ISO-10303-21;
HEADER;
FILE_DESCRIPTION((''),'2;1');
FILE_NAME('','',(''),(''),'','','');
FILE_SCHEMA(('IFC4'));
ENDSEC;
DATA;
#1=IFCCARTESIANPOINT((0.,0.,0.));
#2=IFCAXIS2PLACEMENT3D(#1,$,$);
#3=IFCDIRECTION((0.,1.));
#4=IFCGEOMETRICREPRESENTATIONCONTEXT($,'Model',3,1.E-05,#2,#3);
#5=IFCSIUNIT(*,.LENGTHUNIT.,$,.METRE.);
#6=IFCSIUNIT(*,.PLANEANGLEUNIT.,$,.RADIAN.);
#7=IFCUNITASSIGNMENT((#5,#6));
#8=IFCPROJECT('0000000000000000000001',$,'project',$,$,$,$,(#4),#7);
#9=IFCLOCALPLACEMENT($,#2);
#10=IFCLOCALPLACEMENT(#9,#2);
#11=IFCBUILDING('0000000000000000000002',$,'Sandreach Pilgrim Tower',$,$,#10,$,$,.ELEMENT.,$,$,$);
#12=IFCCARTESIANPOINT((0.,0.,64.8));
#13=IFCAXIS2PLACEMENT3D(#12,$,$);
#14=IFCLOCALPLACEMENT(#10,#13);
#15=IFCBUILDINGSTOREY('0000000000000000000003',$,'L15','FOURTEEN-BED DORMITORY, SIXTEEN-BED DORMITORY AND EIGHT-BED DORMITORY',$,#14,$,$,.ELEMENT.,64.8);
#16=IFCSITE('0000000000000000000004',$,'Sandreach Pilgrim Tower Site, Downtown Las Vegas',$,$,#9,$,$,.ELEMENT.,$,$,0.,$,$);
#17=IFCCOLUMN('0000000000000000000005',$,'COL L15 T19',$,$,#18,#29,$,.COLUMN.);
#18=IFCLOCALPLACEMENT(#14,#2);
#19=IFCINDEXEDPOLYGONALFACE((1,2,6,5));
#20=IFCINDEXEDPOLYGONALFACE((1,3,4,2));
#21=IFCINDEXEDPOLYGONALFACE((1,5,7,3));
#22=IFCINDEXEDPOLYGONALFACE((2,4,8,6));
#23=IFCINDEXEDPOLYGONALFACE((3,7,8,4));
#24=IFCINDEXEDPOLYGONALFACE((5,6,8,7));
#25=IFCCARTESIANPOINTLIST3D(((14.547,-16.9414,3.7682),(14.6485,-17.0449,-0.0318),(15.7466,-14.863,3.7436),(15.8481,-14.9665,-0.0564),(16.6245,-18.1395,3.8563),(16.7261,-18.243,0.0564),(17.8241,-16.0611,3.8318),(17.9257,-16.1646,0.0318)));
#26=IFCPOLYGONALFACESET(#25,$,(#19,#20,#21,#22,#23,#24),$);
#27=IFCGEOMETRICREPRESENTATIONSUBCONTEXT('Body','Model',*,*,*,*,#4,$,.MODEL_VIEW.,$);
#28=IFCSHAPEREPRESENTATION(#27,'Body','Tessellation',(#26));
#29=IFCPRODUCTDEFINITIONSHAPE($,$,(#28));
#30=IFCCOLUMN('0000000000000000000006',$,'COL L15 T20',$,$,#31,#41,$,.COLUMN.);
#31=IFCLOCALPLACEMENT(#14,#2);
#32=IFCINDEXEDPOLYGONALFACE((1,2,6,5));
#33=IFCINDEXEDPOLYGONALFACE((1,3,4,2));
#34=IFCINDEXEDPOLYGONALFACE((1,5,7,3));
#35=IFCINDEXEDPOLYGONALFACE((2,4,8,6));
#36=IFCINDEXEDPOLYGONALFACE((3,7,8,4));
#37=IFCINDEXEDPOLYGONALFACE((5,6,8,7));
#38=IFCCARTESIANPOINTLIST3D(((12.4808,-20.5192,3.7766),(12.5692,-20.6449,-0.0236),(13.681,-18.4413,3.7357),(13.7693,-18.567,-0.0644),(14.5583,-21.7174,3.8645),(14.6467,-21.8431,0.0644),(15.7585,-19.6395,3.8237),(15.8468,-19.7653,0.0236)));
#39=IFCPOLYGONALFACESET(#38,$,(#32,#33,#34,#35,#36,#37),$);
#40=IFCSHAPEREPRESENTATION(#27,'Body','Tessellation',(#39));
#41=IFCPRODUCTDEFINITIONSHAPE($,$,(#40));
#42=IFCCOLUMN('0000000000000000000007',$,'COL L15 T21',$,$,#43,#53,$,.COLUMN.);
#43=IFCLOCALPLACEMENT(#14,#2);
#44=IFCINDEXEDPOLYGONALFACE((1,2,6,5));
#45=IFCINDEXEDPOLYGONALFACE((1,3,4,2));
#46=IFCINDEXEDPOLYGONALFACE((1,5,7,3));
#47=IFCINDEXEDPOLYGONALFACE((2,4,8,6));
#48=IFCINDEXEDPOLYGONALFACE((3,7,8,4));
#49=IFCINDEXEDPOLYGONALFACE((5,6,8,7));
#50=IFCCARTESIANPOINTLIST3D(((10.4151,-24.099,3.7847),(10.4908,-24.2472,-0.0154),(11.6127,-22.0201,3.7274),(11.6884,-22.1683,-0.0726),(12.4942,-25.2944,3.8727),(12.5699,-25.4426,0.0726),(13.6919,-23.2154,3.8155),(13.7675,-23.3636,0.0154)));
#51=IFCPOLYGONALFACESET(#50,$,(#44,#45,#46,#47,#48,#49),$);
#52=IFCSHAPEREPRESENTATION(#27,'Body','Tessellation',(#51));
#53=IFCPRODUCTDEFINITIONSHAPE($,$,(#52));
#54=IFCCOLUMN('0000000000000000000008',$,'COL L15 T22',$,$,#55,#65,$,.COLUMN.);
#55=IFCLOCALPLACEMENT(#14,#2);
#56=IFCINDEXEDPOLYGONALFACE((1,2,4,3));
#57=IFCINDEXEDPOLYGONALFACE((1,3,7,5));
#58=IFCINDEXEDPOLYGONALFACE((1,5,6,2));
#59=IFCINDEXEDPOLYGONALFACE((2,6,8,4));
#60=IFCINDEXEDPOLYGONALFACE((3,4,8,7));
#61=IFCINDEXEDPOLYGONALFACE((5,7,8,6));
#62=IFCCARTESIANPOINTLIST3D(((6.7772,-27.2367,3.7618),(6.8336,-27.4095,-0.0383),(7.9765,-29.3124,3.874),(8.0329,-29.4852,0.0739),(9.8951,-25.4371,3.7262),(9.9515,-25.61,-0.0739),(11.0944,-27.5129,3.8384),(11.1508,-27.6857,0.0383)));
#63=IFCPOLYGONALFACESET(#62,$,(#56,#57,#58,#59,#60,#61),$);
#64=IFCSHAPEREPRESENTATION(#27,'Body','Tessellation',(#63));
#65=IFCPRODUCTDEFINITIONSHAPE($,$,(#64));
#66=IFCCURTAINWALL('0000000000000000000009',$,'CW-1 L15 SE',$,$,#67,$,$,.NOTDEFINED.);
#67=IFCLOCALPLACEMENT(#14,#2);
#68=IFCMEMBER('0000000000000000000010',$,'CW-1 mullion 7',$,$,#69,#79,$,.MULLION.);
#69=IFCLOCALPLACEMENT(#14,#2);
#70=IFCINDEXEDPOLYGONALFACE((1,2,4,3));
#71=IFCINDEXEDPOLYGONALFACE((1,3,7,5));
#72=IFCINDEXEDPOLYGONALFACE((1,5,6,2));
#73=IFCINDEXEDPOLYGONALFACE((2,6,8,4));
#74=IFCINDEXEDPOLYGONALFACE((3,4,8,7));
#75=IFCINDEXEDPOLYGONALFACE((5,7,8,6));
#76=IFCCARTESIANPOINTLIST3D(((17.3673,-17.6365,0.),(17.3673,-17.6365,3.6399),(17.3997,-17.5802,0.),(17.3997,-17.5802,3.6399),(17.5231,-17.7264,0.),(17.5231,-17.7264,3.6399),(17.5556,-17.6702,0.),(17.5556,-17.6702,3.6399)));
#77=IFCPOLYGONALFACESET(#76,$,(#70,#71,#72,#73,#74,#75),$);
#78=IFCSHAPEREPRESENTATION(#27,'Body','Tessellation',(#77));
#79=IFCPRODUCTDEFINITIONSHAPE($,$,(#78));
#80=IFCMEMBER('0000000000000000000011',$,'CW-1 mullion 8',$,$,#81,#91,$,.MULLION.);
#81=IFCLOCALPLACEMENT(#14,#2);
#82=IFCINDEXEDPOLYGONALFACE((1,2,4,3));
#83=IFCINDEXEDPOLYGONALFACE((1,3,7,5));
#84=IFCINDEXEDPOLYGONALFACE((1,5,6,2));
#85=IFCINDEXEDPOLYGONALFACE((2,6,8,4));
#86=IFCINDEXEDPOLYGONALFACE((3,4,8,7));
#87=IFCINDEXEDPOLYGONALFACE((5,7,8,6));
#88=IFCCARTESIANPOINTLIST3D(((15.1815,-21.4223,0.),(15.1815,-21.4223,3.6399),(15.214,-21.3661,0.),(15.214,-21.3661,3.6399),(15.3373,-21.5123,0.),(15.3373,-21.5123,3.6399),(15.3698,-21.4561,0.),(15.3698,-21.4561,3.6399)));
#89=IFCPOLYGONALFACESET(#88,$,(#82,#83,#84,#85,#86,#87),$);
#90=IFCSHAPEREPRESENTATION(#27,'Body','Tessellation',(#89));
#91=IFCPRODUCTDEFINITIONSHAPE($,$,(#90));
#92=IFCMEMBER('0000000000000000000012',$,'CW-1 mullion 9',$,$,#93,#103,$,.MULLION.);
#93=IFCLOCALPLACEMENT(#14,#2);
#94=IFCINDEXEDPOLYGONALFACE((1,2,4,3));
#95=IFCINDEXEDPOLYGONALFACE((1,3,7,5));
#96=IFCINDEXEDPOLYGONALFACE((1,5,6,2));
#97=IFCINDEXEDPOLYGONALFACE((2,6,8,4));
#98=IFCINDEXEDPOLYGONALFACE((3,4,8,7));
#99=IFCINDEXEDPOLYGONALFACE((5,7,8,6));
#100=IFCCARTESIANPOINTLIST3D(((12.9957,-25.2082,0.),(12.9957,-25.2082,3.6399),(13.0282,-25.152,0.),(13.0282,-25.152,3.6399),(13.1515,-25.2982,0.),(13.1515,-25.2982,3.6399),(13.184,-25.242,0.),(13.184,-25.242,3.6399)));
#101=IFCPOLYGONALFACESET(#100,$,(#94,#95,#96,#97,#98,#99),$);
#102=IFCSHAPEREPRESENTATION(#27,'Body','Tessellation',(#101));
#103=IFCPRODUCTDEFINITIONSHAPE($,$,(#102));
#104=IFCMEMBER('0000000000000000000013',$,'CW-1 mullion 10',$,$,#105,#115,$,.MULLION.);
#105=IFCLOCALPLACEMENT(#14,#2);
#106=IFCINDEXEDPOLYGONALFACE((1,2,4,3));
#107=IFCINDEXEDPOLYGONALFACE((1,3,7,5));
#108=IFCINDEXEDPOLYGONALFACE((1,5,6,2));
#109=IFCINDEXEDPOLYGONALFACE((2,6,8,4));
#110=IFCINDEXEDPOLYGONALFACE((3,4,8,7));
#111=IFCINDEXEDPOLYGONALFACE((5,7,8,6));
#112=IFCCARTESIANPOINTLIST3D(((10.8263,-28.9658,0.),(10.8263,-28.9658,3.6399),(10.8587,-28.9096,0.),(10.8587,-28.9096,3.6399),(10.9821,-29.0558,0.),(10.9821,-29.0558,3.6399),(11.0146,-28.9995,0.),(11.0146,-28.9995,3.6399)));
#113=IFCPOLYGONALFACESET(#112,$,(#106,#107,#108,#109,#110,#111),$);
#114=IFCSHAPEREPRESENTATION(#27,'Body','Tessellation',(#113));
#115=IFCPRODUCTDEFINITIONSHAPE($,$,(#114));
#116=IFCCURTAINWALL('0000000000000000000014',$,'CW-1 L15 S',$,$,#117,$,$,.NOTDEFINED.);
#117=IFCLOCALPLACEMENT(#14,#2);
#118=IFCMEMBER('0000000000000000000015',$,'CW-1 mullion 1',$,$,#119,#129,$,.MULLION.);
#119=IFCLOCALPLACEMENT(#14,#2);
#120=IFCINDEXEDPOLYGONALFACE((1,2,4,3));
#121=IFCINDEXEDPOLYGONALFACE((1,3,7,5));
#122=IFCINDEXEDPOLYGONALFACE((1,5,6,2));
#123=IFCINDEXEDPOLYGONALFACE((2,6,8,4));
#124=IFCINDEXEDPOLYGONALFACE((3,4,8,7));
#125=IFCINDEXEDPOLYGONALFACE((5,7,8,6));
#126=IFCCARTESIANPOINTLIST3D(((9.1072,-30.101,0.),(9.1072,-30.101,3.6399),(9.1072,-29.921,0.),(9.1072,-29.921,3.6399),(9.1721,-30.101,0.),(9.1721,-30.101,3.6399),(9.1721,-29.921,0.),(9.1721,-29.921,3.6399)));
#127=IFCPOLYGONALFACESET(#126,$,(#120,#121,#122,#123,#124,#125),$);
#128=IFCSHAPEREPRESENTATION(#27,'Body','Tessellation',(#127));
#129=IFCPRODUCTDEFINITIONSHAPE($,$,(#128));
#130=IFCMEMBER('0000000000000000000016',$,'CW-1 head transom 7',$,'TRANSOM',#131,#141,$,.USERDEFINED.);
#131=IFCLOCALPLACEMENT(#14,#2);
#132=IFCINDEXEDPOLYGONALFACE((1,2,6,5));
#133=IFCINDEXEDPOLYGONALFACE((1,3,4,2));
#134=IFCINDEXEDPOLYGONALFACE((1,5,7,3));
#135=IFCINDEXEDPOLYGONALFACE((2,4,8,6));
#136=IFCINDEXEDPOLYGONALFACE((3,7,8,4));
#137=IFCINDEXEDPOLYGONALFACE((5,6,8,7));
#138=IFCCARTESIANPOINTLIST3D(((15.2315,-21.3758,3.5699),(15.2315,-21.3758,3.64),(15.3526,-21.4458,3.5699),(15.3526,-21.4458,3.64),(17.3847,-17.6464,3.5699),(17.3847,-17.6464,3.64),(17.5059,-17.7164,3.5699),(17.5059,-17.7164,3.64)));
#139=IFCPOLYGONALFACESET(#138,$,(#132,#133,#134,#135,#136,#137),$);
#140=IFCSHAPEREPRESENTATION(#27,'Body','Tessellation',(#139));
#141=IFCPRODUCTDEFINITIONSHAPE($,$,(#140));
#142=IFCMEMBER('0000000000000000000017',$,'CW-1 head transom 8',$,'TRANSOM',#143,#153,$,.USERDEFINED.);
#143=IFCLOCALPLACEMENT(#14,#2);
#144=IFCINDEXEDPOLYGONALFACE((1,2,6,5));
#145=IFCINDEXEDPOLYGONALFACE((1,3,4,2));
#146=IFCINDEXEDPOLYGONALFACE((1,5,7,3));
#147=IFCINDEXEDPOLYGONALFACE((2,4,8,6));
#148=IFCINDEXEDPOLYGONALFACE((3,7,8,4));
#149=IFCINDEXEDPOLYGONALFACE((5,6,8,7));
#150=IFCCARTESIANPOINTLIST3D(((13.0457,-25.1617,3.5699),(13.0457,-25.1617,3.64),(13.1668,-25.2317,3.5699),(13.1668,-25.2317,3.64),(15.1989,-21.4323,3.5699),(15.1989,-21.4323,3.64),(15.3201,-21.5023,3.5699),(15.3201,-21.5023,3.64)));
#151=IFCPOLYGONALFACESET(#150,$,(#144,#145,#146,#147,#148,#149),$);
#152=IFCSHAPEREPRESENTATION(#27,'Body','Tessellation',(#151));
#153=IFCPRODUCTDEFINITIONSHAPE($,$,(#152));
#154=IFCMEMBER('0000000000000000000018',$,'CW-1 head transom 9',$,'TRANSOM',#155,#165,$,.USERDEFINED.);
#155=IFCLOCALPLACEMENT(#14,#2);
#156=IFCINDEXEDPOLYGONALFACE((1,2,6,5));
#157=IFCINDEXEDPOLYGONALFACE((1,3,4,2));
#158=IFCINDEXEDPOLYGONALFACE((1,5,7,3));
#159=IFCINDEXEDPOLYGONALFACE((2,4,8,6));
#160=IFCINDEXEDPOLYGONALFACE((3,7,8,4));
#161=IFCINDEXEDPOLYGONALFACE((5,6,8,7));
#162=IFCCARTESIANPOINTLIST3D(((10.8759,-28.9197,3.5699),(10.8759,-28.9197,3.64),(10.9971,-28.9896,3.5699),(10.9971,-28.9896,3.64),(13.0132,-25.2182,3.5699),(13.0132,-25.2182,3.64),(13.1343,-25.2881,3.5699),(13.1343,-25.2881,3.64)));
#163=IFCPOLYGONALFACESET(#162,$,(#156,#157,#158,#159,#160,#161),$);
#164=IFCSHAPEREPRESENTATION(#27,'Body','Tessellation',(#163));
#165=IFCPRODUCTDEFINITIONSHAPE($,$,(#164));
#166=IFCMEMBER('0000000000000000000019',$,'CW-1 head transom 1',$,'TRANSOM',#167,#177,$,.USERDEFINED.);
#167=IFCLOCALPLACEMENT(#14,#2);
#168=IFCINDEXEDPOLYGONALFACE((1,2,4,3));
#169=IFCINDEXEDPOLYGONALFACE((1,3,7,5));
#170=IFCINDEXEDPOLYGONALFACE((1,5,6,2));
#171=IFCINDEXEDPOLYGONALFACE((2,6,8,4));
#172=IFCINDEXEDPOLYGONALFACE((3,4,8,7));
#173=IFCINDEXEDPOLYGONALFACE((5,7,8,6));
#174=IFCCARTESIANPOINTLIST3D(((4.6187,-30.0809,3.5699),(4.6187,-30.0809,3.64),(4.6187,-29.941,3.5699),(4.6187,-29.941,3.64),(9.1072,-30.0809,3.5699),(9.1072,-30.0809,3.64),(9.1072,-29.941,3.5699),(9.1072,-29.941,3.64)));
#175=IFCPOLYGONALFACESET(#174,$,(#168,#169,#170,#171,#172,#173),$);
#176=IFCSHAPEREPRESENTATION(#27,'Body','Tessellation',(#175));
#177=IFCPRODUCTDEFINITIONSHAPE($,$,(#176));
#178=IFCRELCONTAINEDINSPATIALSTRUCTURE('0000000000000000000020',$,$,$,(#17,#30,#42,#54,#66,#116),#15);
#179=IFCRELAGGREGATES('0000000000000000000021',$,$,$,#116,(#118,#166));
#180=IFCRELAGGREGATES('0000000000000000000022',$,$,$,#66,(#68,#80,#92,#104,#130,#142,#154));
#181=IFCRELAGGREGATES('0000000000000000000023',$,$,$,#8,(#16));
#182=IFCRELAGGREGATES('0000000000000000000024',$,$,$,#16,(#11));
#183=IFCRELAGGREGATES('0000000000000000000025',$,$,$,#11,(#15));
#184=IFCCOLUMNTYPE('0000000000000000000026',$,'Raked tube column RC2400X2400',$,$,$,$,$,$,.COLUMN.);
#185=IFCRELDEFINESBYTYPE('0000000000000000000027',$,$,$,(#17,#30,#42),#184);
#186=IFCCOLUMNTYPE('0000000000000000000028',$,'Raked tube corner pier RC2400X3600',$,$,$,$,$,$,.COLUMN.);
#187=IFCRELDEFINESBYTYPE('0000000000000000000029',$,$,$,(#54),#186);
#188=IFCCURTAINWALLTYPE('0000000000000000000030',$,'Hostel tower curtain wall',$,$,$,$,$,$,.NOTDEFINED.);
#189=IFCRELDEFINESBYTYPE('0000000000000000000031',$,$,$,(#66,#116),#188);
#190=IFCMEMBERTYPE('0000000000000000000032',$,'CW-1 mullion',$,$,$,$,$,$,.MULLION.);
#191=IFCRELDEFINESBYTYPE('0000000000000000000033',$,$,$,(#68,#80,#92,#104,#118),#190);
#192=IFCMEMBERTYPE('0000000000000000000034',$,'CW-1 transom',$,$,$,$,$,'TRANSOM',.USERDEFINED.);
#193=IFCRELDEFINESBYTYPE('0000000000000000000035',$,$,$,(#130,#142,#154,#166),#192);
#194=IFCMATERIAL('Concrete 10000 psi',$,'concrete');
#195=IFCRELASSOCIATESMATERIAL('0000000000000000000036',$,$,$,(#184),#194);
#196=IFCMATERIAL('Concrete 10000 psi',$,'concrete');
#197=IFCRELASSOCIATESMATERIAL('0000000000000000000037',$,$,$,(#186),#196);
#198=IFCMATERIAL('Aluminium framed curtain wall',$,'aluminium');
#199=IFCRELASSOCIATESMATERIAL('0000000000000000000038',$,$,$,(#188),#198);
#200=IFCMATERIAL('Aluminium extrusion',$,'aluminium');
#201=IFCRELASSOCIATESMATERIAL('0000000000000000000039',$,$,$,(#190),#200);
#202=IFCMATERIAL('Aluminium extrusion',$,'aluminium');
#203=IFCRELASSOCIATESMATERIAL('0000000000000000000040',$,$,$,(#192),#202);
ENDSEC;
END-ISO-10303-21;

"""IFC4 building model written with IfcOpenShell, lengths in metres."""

from ifc_helpers import new_model, si_unit, direction, frame, origin, origin_2d, place, context, subcontext, project, spatial, rectangle, extrude, material, material_profile, profile_set, type_object, element, aggregate, save


model = new_model("IFC4")

# Units and contexts
model_context = context("Model", 3, precision=1e-05, world=origin(), true_north=direction((0.0, 1.0)))
body_context = subcontext(model_context, "Body", "Model", "MODEL_VIEW")
ifc_project = project(units=[si_unit("LENGTHUNIT", "METRE"), si_unit("PLANEANGLEUNIT", "RADIAN")], contexts=[model_context])

# Site, building, storey
site_placement = place(None, origin())
site = spatial("IfcSite", under=ifc_project, at=site_placement, Name="Sandreach Pilgrim Tower Site, Downtown Las Vegas", CompositionType="ELEMENT", RefElevation=0.0)
building_placement = place(site_placement, origin())
building = spatial("IfcBuilding", under=site, at=building_placement, Name="Sandreach Pilgrim Tower", CompositionType="ELEMENT")
storey_placement = place(building_placement, frame((0.0, 0.0, 64.8)))
storey = spatial("IfcBuildingStorey", under=building, at=storey_placement, Name="L15", Description="FOURTEEN-BED DORMITORY, SIXTEEN-BED DORMITORY AND EIGHT-BED DORMITORY", CompositionType="ELEMENT", Elevation=64.8)

# Columns
ifc_material_1 = material(Name="Concrete 10000 psi", Category="concrete")
ifc_material_profile_1 = material_profile(ifc_material_1, rectangle(XDim=2.3999, YDim=2.3999, at=origin_2d()), Name="RC2400X2400")
ifc_profile_set_1 = profile_set([ifc_material_profile_1], Name="Concrete 10000 psi")
column_type_1 = type_object("IfcColumnType", Name="Raked tube column RC2400X2400", PredefinedType="COLUMN", material=ifc_profile_set_1)
column_1_placement = place(storey_placement, frame((16.2871, -16.6047, 0.0), z_axis=(-0.026707, 0.027221, 0.999273), x_axis=(0.865695, -0.499221, 0.036736)))
element("IfcColumn", 1, at=column_1_placement, inside=storey, type_object=column_type_1, Name="COL L15 T19", PredefinedType="COLUMN", context=body_context, shape_type="SweptSolid", body=[
    extrude(rectangle(XDim=2.3999, YDim=2.3999, at=origin_2d()), origin(), (0.0, 0.0, 1.0), 3.8027),
])
column_2_placement = place(storey_placement, frame((14.208, -20.2051, 0.0), z_axis=(-0.023238, 0.03306, 0.999183), x_axis=(0.865663, -0.499283, 0.036653)))
element("IfcColumn", 2, at=column_2_placement, inside=storey, type_object=column_type_1, Name="COL L15 T20", PredefinedType="COLUMN", context=body_context, shape_type="SweptSolid", body=[
    extrude(rectangle(XDim=2.3999, YDim=2.3999, at=origin_2d()), origin(), (0.0, 0.0, 1.0), 3.8032),
])
column_3_placement = place(storey_placement, frame((12.1292, -23.8054, 0.0), z_axis=(-0.019897, 0.03896, 0.999043), x_axis=(0.866355, -0.498079, 0.036679)))
element("IfcColumn", 3, at=column_3_placement, inside=storey, type_object=column_type_1, Name="COL L15 T21", PredefinedType="COLUMN", context=body_context, shape_type="SweptSolid", body=[
    extrude(rectangle(XDim=2.3999, YDim=2.3999, at=origin_2d()), origin(), (0.0, 0.0, 1.0), 3.8037),
])
ifc_material_2 = material(Name="Concrete 10000 psi", Category="concrete")
ifc_material_profile_2 = material_profile(ifc_material_2, rectangle(XDim=2.3999, YDim=3.6001, at=origin_2d()), Name="RC2400X3600")
ifc_profile_set_2 = profile_set([ifc_material_profile_2], Name="Concrete 10000 psi")
column_type_2 = type_object("IfcColumnType", Name="Raked tube corner pier RC2400X3600", PredefinedType="COLUMN", material=ifc_profile_set_2)
column_4_placement = place(storey_placement, frame((8.9922, -27.5476, 0.0), z_axis=(-0.014824, 0.045435, 0.998857), x_axis=(0.499732, -0.864917, 0.046759)))
element("IfcColumn", 4, at=column_4_placement, inside=storey, type_object=column_type_2, Name="COL L15 T22", PredefinedType="COLUMN", context=body_context, shape_type="SweptSolid", body=[
    extrude(rectangle(XDim=2.3999, YDim=3.6001, at=origin_2d()), origin(), (0.0, 0.0, 1.0), 3.8044),
])

# Curtain wall, members
ifc_material_3 = material(Name="Aluminium framed curtain wall", Category="aluminium")
curtain_wall_type = type_object("IfcCurtainWallType", Name="Hostel tower curtain wall", PredefinedType="NOTDEFINED", material=ifc_material_3)
curtain_wall_1_placement = place(storey_placement, origin())
curtain_wall_1 = element("IfcCurtainWall", 5, at=curtain_wall_1_placement, inside=storey, type_object=curtain_wall_type, Name="CW-1 L15 SE", PredefinedType="NOTDEFINED")
ifc_material_4 = material(Name="Aluminium extrusion", Category="aluminium")
ifc_material_profile_3 = material_profile(ifc_material_4, rectangle(XDim=0.0649, YDim=0.1799, at=origin_2d()), Name="CW-1M 65X180")
ifc_profile_set_3 = profile_set([ifc_material_profile_3], Name="Aluminium extrusion")
member_type_1 = type_object("IfcMemberType", Name="CW-1 mullion", PredefinedType="MULLION", material=ifc_profile_set_3)
member_1_placement = place(storey_placement, frame((17.4614, -17.6533, 0.0), z_axis=(0.0, 0.0, 1.0), x_axis=(-0.5, -0.866025, 0.0)))
member_1 = element("IfcMember", 6, at=member_1_placement, type_object=member_type_1, Name="CW-1 mullion 7", PredefinedType="MULLION", context=body_context, shape_type="SweptSolid", body=[
    extrude(rectangle(XDim=0.0649, YDim=0.1799, at=origin_2d()), origin(), (0.0, 0.0, 1.0), 3.6399),
])
member_2_placement = place(storey_placement, frame((15.2756, -21.4392, 0.0), z_axis=(0.0, 0.0, 1.0), x_axis=(-0.5, -0.866025, 0.0)))
member_2 = element("IfcMember", 7, at=member_2_placement, type_object=member_type_1, Name="CW-1 mullion 8", PredefinedType="MULLION", context=body_context, shape_type="SweptSolid", body=[
    extrude(rectangle(XDim=0.0649, YDim=0.1799, at=origin_2d()), origin(), (0.0, 0.0, 1.0), 3.6399),
])
member_3_placement = place(storey_placement, frame((13.0898, -25.2251, 0.0), z_axis=(0.0, 0.0, 1.0), x_axis=(-0.5, -0.866025, 0.0)))
member_3 = element("IfcMember", 8, at=member_3_placement, type_object=member_type_1, Name="CW-1 mullion 9", PredefinedType="MULLION", context=body_context, shape_type="SweptSolid", body=[
    extrude(rectangle(XDim=0.0649, YDim=0.1799, at=origin_2d()), origin(), (0.0, 0.0, 1.0), 3.6399),
])
member_4_placement = place(storey_placement, frame((10.9204, -28.9827, 0.0), z_axis=(0.0, 0.0, 1.0), x_axis=(-0.5, -0.866025, 0.0)))
member_4 = element("IfcMember", 9, at=member_4_placement, type_object=member_type_1, Name="CW-1 mullion 10", PredefinedType="MULLION", context=body_context, shape_type="SweptSolid", body=[
    extrude(rectangle(XDim=0.0649, YDim=0.1799, at=origin_2d()), origin(), (0.0, 0.0, 1.0), 3.6399),
])

# Curtain wall, member
curtain_wall_2_placement = place(storey_placement, origin())
curtain_wall_2 = element("IfcCurtainWall", 10, at=curtain_wall_2_placement, inside=storey, type_object=curtain_wall_type, Name="CW-1 L15 S", PredefinedType="NOTDEFINED")
member_5_placement = place(storey_placement, frame((9.1396, -30.011, 0.0), z_axis=(0.0, 0.0, 1.0), x_axis=(-1.0, 0.0, 0.0)))
member_5 = element("IfcMember", 11, at=member_5_placement, type_object=member_type_1, Name="CW-1 mullion 1", PredefinedType="MULLION", context=body_context, shape_type="SweptSolid", body=[
    extrude(rectangle(XDim=0.0649, YDim=0.1799, at=origin_2d()), origin(), (0.0, 0.0, 1.0), 3.6399),
])

# Members
ifc_material_5 = material(Name="Aluminium extrusion", Category="aluminium")
ifc_material_profile_4 = material_profile(ifc_material_5, rectangle(XDim=0.1399, YDim=0.0701, at=origin_2d()), Name="CW-1T 140X70")
ifc_profile_set_4 = profile_set([ifc_material_profile_4], Name="Aluminium extrusion")
member_type_2 = type_object("IfcMemberType", Name="CW-1 transom", ElementType="TRANSOM", PredefinedType="USERDEFINED", material=ifc_profile_set_4)
member_6_placement = place(storey_placement, frame((17.4453, -17.6814, 3.605), z_axis=(-0.500017, -0.866016, 0.0), x_axis=(0.866016, -0.500017, 0.0)))
member_6 = element("IfcMember", 12, at=member_6_placement, type_object=member_type_2, Name="CW-1 head transom 7", ObjectType="TRANSOM", PredefinedType="USERDEFINED", context=body_context, shape_type="SweptSolid", body=[
    extrude(rectangle(XDim=0.1399, YDim=0.0701, at=origin_2d()), origin(), (0.0, 0.0, 1.0), 4.3064),
])
member_7_placement = place(storey_placement, frame((15.2595, -21.4673, 3.605), z_axis=(-0.500017, -0.866016, 0.0), x_axis=(0.866016, -0.500017, 0.0)))
member_7 = element("IfcMember", 13, at=member_7_placement, type_object=member_type_2, Name="CW-1 head transom 8", ObjectType="TRANSOM", PredefinedType="USERDEFINED", context=body_context, shape_type="SweptSolid", body=[
    extrude(rectangle(XDim=0.1399, YDim=0.0701, at=origin_2d()), origin(), (0.0, 0.0, 1.0), 4.3064),
])
member_8_placement = place(storey_placement, frame((13.0737, -25.2532, 3.605), z_axis=(-0.500034, -0.866006, 0.0), x_axis=(0.866006, -0.500034, 0.0)))
member_8 = element("IfcMember", 14, at=member_8_placement, type_object=member_type_2, Name="CW-1 head transom 9", ObjectType="TRANSOM", PredefinedType="USERDEFINED", context=body_context, shape_type="SweptSolid", body=[
    extrude(rectangle(XDim=0.1399, YDim=0.0701, at=origin_2d()), origin(), (0.0, 0.0, 1.0), 4.2742),
])
member_9_placement = place(storey_placement, frame((9.1072, -30.011, 3.605), z_axis=(-1.0, 0.0, 0.0), x_axis=(0.0, -1.0, 0.0)))
member_9 = element("IfcMember", 15, at=member_9_placement, type_object=member_type_2, Name="CW-1 head transom 1", ObjectType="TRANSOM", PredefinedType="USERDEFINED", context=body_context, shape_type="SweptSolid", body=[
    extrude(rectangle(XDim=0.1399, YDim=0.0701, at=origin_2d()), origin(), (0.0, 0.0, 1.0), 4.4885),
])
aggregate(curtain_wall_2, [member_5, member_9])

aggregate(curtain_wall_1, [member_1, member_2, member_3, member_4, member_6, member_7, member_8])

save(model, "model.ifc")
